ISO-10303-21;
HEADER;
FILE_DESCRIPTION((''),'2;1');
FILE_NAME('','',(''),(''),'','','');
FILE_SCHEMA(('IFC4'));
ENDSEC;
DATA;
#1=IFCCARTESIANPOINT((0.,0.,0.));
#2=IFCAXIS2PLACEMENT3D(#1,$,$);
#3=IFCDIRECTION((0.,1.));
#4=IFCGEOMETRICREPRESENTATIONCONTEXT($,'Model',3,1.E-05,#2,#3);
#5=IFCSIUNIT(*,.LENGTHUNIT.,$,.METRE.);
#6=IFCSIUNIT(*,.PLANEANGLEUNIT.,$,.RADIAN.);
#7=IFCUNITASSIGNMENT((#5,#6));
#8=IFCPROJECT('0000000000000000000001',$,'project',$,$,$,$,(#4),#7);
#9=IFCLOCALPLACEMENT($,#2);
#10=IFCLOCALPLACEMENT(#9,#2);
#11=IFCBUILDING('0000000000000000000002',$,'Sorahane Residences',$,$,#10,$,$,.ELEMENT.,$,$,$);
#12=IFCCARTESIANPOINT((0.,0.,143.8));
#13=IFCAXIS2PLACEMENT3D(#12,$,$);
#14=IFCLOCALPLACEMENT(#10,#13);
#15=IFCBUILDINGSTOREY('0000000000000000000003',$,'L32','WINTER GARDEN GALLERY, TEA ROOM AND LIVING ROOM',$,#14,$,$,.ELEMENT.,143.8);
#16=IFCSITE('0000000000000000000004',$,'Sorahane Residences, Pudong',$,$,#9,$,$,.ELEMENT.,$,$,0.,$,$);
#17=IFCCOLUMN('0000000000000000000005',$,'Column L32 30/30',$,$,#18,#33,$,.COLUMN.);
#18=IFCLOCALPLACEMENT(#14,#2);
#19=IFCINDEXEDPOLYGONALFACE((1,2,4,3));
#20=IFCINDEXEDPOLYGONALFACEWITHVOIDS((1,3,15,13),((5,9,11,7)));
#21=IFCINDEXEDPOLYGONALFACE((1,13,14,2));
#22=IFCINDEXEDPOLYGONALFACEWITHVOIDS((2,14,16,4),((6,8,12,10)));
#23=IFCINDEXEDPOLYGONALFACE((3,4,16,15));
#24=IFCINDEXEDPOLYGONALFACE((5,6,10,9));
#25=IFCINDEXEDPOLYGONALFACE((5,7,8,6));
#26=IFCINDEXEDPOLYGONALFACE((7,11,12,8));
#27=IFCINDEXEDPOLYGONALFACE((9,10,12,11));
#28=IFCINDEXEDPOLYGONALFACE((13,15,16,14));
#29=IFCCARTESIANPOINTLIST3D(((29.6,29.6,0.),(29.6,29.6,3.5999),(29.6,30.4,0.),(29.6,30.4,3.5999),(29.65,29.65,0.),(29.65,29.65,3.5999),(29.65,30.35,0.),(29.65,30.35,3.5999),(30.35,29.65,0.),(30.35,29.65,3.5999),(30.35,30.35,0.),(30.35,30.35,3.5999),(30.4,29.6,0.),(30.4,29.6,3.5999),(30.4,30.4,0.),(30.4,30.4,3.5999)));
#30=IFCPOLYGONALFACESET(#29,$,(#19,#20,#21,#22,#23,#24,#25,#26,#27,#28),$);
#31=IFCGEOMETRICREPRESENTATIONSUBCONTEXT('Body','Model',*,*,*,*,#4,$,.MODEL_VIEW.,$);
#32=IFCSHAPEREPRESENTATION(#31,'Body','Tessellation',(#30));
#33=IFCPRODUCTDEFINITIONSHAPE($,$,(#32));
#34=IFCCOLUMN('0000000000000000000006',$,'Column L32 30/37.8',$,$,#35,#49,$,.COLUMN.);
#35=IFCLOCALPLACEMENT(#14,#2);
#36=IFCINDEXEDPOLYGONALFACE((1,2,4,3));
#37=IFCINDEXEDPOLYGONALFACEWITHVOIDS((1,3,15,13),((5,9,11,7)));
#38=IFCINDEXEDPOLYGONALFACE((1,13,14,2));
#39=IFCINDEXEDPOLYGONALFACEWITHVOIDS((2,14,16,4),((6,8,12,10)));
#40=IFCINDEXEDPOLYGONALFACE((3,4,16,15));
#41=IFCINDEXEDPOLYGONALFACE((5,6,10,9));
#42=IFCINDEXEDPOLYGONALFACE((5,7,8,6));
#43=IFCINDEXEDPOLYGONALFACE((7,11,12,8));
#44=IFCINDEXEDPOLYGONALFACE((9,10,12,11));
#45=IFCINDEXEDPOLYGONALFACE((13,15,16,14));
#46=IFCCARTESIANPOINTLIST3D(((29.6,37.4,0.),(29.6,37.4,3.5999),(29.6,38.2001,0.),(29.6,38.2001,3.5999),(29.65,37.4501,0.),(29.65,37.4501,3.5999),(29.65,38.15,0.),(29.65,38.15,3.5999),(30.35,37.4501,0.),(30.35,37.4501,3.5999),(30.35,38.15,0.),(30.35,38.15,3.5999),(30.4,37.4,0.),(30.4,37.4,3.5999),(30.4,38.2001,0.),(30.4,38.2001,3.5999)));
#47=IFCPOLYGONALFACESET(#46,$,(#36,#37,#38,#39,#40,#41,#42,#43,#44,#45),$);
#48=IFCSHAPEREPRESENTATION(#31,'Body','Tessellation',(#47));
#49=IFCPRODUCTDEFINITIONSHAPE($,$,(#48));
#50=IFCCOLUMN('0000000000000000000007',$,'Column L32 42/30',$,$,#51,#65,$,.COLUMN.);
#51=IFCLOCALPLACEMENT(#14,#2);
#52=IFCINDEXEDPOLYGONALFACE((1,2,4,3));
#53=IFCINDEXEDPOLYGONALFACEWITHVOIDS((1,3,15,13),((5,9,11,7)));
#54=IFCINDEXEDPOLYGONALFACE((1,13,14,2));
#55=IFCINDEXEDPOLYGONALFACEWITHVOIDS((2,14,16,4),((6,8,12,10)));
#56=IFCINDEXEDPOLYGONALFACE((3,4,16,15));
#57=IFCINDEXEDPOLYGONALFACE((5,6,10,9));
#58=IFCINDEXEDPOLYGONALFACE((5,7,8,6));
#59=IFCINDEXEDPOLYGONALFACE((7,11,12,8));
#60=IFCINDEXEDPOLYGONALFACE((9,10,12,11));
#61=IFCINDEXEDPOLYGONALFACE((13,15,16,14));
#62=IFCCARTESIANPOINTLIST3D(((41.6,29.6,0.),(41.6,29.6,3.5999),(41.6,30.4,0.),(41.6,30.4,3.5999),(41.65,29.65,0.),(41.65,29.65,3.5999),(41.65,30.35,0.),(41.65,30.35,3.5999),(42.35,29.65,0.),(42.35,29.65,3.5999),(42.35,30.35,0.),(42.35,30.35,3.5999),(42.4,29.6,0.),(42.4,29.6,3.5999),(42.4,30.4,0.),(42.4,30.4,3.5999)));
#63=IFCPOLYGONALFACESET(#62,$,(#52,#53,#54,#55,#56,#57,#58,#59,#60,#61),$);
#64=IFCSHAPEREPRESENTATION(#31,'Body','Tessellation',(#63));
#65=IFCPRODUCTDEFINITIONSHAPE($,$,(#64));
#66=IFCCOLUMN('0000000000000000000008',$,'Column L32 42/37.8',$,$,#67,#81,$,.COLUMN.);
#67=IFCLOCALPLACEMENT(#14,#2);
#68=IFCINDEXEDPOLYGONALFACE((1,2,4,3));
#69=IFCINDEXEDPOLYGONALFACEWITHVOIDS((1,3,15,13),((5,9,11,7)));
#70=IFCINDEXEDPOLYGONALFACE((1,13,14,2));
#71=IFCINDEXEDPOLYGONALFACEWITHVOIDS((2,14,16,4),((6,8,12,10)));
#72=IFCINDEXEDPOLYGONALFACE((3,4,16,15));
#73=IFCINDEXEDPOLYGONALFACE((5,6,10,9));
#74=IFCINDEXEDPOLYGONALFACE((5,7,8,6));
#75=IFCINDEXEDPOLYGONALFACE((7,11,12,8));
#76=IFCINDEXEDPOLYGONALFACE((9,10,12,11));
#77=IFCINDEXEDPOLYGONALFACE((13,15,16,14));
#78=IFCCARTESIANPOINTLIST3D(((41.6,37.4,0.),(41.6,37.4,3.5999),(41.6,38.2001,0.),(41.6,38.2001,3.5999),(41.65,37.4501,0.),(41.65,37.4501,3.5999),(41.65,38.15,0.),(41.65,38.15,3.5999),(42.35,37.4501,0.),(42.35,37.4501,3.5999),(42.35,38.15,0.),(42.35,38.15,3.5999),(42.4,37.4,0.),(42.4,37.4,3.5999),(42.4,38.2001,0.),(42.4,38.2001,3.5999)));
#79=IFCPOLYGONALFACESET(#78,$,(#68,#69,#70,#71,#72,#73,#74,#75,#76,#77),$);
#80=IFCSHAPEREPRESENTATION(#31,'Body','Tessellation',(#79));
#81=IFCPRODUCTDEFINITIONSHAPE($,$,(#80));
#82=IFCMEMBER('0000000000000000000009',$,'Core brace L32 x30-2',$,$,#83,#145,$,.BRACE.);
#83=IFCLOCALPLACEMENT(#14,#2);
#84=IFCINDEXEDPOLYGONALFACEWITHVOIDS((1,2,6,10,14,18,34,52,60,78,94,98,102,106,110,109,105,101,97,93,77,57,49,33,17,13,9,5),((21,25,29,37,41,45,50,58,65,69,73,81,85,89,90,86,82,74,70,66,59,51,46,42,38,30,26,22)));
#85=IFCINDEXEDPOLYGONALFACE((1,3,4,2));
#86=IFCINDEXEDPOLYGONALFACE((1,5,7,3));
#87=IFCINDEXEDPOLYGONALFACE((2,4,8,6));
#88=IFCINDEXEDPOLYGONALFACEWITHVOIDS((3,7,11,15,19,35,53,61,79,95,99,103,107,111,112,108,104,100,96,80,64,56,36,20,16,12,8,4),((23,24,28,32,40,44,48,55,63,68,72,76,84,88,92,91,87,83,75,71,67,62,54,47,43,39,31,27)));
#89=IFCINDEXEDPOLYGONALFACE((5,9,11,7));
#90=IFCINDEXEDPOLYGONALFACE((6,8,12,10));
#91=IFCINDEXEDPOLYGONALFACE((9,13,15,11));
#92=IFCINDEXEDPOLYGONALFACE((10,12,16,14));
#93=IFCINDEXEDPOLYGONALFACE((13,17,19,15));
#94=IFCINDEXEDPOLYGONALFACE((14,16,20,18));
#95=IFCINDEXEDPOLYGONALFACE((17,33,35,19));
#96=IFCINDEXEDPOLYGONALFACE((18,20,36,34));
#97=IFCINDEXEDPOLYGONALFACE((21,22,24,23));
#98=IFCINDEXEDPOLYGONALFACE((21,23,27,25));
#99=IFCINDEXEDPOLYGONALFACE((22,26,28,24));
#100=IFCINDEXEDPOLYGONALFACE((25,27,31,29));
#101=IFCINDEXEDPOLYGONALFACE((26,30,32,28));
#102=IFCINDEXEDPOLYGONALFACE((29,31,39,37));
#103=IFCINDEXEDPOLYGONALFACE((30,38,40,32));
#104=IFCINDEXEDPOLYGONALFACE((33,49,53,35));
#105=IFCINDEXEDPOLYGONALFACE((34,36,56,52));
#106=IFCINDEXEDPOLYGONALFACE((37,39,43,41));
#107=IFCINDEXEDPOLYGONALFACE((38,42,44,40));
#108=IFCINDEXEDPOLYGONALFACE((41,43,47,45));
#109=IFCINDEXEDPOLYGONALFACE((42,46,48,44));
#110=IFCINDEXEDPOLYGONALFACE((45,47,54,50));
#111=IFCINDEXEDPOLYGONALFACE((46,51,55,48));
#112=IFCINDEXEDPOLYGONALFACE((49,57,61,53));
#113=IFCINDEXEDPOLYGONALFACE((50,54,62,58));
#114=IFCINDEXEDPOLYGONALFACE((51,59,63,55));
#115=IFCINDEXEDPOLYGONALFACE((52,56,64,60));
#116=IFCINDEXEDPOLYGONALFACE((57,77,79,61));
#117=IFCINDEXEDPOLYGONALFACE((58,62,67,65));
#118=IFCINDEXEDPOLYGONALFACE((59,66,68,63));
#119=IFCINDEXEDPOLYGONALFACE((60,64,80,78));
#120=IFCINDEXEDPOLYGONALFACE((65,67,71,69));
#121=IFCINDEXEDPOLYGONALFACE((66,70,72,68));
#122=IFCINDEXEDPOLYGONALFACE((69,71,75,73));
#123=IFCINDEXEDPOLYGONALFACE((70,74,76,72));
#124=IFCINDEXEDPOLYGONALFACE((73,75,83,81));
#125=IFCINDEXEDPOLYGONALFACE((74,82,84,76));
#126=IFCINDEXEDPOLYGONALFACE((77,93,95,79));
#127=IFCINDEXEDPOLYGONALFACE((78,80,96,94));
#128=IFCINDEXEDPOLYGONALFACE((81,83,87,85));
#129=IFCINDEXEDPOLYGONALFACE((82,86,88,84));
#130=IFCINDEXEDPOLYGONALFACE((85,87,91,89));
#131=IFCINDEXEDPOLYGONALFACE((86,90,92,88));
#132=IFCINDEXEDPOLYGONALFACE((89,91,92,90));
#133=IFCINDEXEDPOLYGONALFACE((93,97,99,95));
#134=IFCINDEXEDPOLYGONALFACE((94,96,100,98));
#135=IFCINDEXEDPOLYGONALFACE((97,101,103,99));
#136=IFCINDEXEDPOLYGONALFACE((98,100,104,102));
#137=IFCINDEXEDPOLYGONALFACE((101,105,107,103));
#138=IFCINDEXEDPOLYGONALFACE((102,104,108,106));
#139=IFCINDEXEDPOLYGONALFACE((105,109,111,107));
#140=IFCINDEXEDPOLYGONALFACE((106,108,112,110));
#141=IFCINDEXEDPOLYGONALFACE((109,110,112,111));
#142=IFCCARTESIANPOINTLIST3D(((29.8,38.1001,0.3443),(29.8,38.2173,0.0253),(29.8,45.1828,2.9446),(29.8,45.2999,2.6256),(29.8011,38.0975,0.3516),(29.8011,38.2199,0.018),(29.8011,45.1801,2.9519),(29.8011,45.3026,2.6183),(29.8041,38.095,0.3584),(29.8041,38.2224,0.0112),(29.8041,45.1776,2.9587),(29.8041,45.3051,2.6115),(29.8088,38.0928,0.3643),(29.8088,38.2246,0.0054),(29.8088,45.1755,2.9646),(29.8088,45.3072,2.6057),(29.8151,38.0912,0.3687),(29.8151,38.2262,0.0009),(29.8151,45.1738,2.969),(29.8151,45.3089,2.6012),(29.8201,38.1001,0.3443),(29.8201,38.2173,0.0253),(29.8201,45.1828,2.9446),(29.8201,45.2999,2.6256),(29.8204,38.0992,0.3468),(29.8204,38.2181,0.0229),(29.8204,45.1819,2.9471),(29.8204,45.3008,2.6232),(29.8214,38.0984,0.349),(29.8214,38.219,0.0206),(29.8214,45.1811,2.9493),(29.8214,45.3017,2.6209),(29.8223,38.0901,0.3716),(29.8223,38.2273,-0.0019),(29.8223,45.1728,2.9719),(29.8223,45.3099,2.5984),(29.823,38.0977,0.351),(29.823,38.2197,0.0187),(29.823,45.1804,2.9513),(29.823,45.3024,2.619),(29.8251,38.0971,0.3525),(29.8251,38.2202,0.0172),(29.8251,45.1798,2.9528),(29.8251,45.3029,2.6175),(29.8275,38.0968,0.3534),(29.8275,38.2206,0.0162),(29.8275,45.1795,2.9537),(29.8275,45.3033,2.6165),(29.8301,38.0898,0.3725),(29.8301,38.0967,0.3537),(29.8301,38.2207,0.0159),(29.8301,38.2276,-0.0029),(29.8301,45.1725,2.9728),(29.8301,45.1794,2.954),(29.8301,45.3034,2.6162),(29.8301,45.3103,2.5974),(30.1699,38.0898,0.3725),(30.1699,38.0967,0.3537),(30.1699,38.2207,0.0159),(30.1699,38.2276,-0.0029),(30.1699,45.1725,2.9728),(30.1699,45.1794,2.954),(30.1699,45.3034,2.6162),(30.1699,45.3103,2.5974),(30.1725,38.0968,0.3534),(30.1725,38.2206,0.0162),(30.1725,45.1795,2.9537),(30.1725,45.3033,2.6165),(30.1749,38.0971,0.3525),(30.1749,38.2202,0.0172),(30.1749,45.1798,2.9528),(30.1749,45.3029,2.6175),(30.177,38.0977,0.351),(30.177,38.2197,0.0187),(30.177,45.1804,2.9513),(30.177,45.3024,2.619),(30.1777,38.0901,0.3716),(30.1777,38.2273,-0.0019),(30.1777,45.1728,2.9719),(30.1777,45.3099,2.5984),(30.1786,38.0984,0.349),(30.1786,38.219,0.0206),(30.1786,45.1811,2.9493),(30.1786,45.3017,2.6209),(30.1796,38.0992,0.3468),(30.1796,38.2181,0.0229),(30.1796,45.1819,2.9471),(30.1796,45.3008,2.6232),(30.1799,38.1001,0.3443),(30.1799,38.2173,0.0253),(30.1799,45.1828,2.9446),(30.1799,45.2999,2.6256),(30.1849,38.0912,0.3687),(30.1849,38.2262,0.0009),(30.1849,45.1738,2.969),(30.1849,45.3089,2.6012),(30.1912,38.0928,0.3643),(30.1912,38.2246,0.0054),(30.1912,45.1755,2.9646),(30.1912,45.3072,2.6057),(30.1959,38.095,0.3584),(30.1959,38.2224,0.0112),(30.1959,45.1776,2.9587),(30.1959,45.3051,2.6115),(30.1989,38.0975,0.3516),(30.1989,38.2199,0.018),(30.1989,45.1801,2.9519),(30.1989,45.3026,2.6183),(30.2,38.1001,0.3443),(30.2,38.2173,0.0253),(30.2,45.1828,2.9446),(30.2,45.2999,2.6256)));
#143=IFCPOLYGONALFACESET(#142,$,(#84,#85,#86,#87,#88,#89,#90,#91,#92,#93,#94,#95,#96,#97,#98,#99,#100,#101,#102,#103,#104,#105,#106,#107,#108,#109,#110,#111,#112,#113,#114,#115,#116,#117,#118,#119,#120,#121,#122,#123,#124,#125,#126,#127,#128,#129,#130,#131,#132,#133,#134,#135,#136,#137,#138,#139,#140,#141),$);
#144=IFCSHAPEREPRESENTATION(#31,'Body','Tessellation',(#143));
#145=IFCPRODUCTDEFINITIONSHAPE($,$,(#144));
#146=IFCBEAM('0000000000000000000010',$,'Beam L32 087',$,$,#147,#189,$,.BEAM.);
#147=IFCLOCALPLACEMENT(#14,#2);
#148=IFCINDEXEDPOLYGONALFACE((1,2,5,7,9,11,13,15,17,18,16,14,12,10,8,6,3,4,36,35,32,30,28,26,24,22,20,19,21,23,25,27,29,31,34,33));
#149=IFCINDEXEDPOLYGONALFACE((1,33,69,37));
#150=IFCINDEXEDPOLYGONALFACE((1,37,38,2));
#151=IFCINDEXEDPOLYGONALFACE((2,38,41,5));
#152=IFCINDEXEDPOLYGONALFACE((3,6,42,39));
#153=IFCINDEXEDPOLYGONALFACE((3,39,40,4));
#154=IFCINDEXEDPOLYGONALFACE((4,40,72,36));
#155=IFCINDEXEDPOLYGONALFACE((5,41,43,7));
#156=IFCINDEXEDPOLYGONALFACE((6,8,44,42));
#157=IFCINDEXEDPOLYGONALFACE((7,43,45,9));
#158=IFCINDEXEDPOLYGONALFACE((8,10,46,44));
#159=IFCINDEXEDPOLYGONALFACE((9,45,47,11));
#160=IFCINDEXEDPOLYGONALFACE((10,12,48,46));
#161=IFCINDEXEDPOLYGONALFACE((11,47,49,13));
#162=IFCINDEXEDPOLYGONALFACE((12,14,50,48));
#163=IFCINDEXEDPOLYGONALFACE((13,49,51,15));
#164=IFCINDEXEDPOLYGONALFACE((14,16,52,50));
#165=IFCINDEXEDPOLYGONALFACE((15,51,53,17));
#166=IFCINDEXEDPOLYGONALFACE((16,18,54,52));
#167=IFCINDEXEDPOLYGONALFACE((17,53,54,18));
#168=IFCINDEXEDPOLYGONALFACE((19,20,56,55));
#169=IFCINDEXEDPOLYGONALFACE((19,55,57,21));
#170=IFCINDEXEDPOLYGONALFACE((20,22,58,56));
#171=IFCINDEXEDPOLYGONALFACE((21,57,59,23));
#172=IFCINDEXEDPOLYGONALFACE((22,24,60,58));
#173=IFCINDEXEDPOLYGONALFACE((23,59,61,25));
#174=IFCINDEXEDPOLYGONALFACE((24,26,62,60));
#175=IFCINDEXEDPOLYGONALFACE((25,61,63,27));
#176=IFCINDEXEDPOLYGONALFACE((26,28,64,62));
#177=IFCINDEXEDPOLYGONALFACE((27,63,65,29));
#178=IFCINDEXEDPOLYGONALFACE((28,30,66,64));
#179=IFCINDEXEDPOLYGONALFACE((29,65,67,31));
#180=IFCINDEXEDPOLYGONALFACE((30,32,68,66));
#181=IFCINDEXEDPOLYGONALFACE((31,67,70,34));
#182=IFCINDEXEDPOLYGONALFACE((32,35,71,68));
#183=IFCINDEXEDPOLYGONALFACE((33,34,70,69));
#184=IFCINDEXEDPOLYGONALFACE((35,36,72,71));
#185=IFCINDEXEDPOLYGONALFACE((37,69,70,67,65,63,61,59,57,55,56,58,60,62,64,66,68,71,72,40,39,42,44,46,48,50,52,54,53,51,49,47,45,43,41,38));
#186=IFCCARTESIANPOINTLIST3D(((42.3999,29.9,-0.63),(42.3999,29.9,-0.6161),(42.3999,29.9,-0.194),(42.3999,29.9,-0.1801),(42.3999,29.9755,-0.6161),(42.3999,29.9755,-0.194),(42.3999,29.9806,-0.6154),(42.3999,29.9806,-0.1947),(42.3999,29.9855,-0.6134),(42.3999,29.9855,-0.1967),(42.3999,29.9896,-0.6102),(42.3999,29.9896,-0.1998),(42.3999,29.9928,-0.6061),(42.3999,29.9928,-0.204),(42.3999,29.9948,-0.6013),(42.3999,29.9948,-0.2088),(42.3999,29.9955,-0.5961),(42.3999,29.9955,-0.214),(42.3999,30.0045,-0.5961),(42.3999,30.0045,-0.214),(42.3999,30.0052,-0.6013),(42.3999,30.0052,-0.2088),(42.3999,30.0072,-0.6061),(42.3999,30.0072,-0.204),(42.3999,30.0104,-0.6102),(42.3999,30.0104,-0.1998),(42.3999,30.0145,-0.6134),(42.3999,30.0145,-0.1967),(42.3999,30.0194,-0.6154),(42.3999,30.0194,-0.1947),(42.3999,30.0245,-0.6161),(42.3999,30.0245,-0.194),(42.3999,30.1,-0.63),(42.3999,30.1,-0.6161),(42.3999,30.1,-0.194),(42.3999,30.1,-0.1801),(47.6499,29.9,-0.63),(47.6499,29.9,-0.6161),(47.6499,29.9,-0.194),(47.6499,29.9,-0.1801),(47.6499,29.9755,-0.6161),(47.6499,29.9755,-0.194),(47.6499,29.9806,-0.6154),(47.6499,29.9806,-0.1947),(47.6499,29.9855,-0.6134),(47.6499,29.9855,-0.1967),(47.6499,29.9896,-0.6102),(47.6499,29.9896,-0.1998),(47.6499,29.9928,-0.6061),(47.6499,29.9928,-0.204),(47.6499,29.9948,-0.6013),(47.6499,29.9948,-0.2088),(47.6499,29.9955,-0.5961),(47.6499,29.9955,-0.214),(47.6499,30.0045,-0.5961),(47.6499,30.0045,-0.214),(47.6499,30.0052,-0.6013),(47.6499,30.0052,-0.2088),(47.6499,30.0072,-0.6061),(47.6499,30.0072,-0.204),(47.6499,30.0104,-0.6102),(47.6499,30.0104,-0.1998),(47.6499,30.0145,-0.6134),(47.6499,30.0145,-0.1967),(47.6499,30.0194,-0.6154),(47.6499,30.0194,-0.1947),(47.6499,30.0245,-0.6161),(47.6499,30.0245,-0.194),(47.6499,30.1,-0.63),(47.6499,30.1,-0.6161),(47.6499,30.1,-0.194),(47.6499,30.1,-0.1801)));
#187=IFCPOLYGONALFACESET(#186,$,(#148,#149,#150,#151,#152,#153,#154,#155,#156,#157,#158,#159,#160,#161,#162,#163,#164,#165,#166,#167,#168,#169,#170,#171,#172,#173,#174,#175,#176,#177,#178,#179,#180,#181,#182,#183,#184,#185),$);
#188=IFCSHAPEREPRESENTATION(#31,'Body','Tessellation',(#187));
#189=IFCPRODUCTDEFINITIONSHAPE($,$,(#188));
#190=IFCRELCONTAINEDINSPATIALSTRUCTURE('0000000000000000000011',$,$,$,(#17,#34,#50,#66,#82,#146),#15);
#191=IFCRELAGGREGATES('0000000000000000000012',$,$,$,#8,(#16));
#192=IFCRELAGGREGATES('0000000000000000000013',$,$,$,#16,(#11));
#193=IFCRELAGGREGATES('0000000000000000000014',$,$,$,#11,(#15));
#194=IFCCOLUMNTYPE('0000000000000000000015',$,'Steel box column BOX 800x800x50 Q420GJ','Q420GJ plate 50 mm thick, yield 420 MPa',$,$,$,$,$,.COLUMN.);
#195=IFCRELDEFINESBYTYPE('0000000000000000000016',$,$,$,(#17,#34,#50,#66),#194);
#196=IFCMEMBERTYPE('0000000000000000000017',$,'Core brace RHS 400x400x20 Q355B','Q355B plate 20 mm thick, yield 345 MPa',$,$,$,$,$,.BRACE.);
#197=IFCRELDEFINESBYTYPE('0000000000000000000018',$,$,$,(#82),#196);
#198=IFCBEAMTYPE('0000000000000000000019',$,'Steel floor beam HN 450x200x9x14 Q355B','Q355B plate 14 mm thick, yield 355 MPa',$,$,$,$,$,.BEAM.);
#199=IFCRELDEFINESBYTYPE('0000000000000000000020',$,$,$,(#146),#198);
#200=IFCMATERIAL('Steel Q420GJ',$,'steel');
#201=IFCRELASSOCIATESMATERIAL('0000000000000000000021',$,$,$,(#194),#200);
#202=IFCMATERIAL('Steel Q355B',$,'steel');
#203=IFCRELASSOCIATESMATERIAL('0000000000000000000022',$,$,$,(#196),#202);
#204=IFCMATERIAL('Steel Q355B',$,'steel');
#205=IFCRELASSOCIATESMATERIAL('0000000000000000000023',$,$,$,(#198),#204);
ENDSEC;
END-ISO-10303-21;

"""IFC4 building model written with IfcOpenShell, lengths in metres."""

from ifc_helpers import new_model, si_unit, direction, frame, origin, origin_2d, place, context, subcontext, project, spatial, hollow_rectangle, i_section, extrude, material, material_profile, profile_set, type_object, element, save


model = new_model("IFC4")

# Units and contexts
model_context = context("Model", 3, precision=1e-05, world=origin(), true_north=direction((0.0, 1.0)))
body_context = subcontext(model_context, "Body", "Model", "MODEL_VIEW")
ifc_project = project(units=[si_unit("LENGTHUNIT", "METRE"), si_unit("PLANEANGLEUNIT", "RADIAN")], contexts=[model_context])

# Site, building, storey
site_placement = place(None, origin())
site = spatial("IfcSite", under=ifc_project, at=site_placement, Name="Sorahane Residences, Pudong", CompositionType="ELEMENT", RefElevation=0.0)
building_placement = place(site_placement, origin())
building = spatial("IfcBuilding", under=site, at=building_placement, Name="Sorahane Residences", CompositionType="ELEMENT")
storey_placement = place(building_placement, frame((0.0, 0.0, 143.8)))
storey = spatial("IfcBuildingStorey", under=building, at=storey_placement, Name="L32", Description="WINTER GARDEN GALLERY, TEA ROOM AND LIVING ROOM", CompositionType="ELEMENT", Elevation=143.8)

# Columns
ifc_material_1 = material(Name="Steel Q420GJ", Category="steel")
ifc_material_profile_1 = material_profile(ifc_material_1, hollow_rectangle(XDim=0.8, YDim=0.8, WallThickness=0.05, at=origin_2d()), Name="BOX 800x800x50")
ifc_profile_set_1 = profile_set([ifc_material_profile_1], Name="Steel Q420GJ")
column_type = type_object("IfcColumnType", Name="Steel box column BOX 800x800x50 Q420GJ", Description="Q420GJ plate 50 mm thick, yield 420 MPa", PredefinedType="COLUMN", material=ifc_profile_set_1)
for number, where, z_axis, x_axis, name in (
    (1, (30.0, 30.0, 0.0), (0.0, 0.0, 1.0), (1.0, 0.0, 0.0), "Column L32 30/30"),
    (2, (30.0, 37.8, 0.0), (0.0, 0.0, 1.0), (1.0, 0.0, 0.0), "Column L32 30/37.8"),
    (3, (42.0, 30.0, 0.0), (0.0, 0.0, 1.0), (1.0, 0.0, 0.0), "Column L32 42/30"),
    (4, (42.0, 37.8, 0.0), (0.0, 0.0, 1.0), (1.0, 0.0, 0.0), "Column L32 42/37.8"),
):
    element("IfcColumn", number, at=place(storey_placement, frame(where, z_axis=z_axis, x_axis=x_axis)), inside=storey, type_object=column_type, Name=name, PredefinedType="COLUMN", context=body_context, shape_type="SweptSolid", body=[
        extrude(hollow_rectangle(XDim=0.8, YDim=0.8, WallThickness=0.05, at=origin_2d()), origin(), (0.0, 0.0, 1.0), 3.5999),
    ])

# Member
ifc_material_2 = material(Name="Steel Q355B", Category="steel")
ifc_material_profile_2 = material_profile(ifc_material_2, hollow_rectangle(XDim=0.3999, YDim=0.3999, WallThickness=0.02, InnerFilletRadius=0.01, OuterFilletRadius=0.03, at=origin_2d()), Name="RHS 400x400x20")
ifc_profile_set_2 = profile_set([ifc_material_profile_2], Name="Steel Q355B")
member_type = type_object("IfcMemberType", Name="Core brace RHS 400x400x20 Q355B", Description="Q355B plate 20 mm thick, yield 345 MPa", PredefinedType="BRACE", material=ifc_profile_set_2)
member_placement = place(storey_placement, frame((30.0, 38.1587, 0.1848), z_axis=(0.0, 0.938734, 0.344643), x_axis=(-1.0, 0.0, 0.0)))
element("IfcMember", 5, at=member_placement, inside=storey, type_object=member_type, Name="Core brace L32 x30-2", PredefinedType="BRACE", context=body_context, shape_type="SweptSolid", body=[
    extrude(hollow_rectangle(XDim=0.3999, YDim=0.3999, WallThickness=0.02, InnerFilletRadius=0.01, OuterFilletRadius=0.03, at=origin_2d()), origin(), (0.0, 0.0, 1.0), 7.5449),
])

# Beam
ifc_material_3 = material(Name="Steel Q355B", Category="steel")
ifc_material_profile_3 = material_profile(ifc_material_3, i_section(OverallWidth=0.2, OverallDepth=0.45, WebThickness=0.009, FlangeThickness=0.0139, FilletRadius=0.02, at=origin_2d()), Name="HN 450x200x9x14")
ifc_profile_set_3 = profile_set([ifc_material_profile_3], Name="Steel Q355B")
beam_type_1 = type_object("IfcBeamType", Name="Steel floor beam HN 450x200x9x14 Q355B", Description="Q355B plate 14 mm thick, yield 355 MPa", PredefinedType="BEAM", material=ifc_profile_set_3)
beam_placement = place(storey_placement, frame((42.3999, 30.0, -0.405), z_axis=(1.0, 0.0, 0.0), x_axis=(0.0, 1.0, 0.0)))
element("IfcBeam", 6, at=beam_placement, inside=storey, type_object=beam_type_1, Name="Beam L32 087", PredefinedType="BEAM", context=body_context, shape_type="SweptSolid", body=[
    extrude(i_section(OverallWidth=0.2, OverallDepth=0.45, WebThickness=0.009, FlangeThickness=0.0139, FilletRadius=0.02, at=origin_2d()), origin(), (0.0, 0.0, 1.0), 5.25),
])

save(model, "model.ifc")
